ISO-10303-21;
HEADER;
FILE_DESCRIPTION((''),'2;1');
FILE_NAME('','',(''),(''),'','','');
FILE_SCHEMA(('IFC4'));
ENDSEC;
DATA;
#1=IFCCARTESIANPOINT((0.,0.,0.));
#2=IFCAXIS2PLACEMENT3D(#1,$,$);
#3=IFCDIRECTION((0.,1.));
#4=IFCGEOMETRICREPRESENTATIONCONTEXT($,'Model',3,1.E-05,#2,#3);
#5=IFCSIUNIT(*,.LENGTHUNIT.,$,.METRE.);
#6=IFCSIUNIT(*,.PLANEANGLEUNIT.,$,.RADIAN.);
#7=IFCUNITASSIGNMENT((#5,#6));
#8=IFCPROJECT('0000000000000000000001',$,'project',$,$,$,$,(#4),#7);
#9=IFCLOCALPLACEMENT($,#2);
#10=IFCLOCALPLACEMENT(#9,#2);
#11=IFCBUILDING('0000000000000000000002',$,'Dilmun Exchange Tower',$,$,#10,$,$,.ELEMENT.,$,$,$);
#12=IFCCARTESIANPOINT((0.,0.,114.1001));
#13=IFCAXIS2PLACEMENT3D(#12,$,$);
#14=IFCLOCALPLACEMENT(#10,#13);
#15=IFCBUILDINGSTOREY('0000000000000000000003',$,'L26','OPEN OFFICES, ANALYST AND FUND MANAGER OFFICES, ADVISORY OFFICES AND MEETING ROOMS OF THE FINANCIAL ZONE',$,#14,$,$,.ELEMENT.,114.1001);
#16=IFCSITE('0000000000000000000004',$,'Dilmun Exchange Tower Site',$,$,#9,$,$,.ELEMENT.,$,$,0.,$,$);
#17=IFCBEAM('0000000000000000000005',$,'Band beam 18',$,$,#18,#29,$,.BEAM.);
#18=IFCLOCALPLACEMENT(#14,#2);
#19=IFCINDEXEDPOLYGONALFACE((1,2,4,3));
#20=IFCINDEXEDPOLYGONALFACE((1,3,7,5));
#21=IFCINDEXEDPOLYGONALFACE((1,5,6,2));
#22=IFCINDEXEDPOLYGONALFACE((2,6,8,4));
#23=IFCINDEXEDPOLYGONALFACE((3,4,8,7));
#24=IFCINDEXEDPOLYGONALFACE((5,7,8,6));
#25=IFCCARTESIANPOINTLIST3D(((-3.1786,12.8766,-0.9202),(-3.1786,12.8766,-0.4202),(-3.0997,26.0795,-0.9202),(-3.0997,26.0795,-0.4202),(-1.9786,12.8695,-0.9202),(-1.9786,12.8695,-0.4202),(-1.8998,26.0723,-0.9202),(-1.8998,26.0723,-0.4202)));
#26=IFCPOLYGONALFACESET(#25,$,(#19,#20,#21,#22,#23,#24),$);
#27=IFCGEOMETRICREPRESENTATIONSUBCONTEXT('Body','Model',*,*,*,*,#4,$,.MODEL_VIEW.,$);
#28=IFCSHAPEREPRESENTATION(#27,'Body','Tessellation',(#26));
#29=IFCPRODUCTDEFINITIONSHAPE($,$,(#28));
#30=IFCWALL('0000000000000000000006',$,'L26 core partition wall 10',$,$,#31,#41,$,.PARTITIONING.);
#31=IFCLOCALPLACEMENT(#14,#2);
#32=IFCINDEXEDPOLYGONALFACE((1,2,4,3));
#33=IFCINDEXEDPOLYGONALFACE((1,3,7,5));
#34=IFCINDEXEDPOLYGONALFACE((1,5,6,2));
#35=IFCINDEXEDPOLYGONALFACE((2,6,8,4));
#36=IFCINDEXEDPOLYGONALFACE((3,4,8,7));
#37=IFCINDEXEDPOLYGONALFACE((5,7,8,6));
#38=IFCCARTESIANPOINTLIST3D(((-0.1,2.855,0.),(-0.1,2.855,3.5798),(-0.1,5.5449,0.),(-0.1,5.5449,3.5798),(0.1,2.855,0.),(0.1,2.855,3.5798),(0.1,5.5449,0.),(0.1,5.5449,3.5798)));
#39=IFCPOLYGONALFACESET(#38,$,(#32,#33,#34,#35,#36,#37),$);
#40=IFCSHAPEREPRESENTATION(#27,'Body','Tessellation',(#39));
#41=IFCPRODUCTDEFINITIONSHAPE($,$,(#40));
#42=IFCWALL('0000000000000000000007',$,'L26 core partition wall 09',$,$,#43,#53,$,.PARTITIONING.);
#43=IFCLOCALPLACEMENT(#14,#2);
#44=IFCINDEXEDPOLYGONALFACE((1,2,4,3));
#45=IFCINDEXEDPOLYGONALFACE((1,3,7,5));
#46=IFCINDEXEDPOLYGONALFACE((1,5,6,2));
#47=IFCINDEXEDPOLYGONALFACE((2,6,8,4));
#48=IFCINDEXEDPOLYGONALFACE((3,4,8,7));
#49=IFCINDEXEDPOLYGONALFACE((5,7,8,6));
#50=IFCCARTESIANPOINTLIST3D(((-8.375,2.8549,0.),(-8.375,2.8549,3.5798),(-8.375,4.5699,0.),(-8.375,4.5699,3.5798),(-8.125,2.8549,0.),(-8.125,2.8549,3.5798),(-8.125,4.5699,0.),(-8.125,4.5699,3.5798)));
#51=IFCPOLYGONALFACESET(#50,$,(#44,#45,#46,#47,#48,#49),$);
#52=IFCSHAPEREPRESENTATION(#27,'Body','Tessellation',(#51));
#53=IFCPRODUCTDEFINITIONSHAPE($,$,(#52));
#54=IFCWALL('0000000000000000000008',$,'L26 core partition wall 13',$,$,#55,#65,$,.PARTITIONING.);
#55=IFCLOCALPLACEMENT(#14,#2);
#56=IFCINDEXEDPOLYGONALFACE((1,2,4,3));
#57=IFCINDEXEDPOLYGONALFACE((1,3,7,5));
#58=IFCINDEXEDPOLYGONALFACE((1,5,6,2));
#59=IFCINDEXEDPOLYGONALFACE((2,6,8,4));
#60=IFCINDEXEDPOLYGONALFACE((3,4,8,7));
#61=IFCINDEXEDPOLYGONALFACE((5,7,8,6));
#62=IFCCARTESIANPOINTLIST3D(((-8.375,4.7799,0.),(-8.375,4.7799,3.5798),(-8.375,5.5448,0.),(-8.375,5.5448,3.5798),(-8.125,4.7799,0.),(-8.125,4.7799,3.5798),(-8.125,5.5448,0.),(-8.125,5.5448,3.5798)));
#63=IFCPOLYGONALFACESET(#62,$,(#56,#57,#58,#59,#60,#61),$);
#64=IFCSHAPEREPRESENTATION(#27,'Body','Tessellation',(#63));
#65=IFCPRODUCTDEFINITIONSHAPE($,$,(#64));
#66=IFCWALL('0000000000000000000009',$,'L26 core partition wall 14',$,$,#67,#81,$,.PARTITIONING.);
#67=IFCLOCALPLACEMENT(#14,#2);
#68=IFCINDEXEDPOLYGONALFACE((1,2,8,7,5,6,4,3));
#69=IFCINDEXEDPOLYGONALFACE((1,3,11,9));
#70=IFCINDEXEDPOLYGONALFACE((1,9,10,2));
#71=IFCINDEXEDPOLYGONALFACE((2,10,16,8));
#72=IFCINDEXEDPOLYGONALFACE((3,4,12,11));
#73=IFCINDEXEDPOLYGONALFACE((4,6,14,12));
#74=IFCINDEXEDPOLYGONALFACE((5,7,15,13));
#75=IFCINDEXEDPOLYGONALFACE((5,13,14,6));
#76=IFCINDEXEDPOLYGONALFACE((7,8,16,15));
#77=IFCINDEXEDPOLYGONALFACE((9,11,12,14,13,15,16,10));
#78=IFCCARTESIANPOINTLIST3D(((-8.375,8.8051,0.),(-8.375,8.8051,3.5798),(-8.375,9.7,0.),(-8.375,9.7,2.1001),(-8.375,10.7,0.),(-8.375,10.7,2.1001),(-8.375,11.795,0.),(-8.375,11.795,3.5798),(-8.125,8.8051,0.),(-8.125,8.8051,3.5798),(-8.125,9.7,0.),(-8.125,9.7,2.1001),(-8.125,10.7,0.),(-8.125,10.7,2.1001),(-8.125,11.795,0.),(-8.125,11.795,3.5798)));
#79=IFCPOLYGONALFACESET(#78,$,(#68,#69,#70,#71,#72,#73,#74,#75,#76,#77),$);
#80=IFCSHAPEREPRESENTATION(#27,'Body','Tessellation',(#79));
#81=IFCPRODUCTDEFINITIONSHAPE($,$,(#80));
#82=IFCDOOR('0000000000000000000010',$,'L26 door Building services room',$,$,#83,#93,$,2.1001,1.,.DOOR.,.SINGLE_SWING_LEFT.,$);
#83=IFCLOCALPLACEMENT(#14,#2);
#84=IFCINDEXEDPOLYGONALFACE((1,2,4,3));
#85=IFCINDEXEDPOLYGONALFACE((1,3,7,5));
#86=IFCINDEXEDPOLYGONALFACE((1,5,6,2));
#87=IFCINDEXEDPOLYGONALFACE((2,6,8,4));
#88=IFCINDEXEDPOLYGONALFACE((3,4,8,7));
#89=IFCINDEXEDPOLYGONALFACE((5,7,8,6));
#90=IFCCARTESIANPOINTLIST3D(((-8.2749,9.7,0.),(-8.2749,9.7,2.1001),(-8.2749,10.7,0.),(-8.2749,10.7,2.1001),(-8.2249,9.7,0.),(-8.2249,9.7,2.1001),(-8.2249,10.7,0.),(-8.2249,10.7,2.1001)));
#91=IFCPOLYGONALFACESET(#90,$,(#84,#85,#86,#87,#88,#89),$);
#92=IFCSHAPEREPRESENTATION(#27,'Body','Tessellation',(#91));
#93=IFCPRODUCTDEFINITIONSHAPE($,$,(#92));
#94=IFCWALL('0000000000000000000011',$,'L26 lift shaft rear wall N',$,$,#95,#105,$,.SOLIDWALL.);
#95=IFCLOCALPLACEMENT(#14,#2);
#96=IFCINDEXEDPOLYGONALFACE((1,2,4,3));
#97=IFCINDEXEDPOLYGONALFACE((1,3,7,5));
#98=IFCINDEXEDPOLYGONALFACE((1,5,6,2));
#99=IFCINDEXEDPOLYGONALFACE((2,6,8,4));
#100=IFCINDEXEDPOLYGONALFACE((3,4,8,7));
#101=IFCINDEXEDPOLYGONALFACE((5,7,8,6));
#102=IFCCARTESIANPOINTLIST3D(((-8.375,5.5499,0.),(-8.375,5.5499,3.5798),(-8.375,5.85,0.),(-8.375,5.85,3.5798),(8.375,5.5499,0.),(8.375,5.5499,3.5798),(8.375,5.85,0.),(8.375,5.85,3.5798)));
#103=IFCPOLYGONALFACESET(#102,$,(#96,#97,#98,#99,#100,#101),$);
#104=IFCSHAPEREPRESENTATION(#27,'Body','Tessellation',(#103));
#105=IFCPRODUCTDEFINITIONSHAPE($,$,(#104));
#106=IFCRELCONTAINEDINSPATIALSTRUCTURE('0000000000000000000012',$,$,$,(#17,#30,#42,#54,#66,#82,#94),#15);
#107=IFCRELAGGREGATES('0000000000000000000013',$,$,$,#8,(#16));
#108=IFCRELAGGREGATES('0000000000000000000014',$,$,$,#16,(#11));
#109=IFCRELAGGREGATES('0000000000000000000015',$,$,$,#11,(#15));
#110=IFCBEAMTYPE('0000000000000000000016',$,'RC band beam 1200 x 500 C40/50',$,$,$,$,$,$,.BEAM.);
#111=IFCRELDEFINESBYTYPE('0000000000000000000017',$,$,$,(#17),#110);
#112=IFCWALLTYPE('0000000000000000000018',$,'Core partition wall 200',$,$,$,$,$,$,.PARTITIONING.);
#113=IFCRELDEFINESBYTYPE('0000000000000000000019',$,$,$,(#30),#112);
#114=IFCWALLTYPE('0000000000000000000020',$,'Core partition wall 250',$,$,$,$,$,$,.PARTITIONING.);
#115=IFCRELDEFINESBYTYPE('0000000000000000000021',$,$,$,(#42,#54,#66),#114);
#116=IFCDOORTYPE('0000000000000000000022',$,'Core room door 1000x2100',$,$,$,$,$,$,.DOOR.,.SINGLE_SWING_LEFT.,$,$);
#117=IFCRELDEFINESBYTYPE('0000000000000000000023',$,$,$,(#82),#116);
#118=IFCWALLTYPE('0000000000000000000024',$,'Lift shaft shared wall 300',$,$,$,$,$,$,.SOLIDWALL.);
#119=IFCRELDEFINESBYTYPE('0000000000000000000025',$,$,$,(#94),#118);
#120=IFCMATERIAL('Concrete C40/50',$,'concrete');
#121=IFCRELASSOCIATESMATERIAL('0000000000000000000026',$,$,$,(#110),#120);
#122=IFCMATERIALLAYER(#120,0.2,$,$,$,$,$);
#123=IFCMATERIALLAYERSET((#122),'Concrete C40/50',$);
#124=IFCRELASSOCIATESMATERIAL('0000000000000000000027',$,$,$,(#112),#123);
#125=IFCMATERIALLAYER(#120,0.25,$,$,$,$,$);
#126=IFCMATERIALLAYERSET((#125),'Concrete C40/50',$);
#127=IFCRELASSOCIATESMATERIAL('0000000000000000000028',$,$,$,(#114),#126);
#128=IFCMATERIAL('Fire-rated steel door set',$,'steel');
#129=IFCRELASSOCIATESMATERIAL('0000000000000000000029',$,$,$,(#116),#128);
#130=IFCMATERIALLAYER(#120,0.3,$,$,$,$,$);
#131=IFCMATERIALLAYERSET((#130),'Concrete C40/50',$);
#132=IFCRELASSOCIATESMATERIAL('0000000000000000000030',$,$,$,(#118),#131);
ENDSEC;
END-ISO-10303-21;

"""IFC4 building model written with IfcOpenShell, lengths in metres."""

from ifc_helpers import new_model, si_unit, direction, frame, frame_2d, origin, origin_2d, place, context, subcontext, project, spatial, rectangle, extrude, material, layer, layer_set, material_profile, profile_set, type_object, element, fill, save


model = new_model("IFC4")

# Units and contexts
model_context = context("Model", 3, precision=1e-05, world=origin(), true_north=direction((0.0, 1.0)))
body_context = subcontext(model_context, "Body", "Model", "MODEL_VIEW")
ifc_project = project(units=[si_unit("LENGTHUNIT", "METRE"), si_unit("PLANEANGLEUNIT", "RADIAN")], contexts=[model_context])

# Site, building, storey
site_placement = place(None, origin())
site = spatial("IfcSite", under=ifc_project, at=site_placement, Name="Dilmun Exchange Tower Site", CompositionType="ELEMENT", RefElevation=0.0)
building_placement = place(site_placement, origin())
building = spatial("IfcBuilding", under=site, at=building_placement, Name="Dilmun Exchange Tower", CompositionType="ELEMENT")
storey_placement = place(building_placement, frame((0.0, 0.0, 114.1001)))
storey = spatial("IfcBuildingStorey", under=building, at=storey_placement, Name="L26", Description="OPEN OFFICES, ANALYST AND FUND MANAGER OFFICES, ADVISORY OFFICES AND MEETING ROOMS OF THE FINANCIAL ZONE", CompositionType="ELEMENT", Elevation=114.1001)

# Beam
ifc_material_1 = material(Name="Concrete C40/50", Category="concrete")
ifc_material_profile = material_profile(ifc_material_1, rectangle(XDim=1.2, YDim=0.5, at=origin_2d()), Name="1200 x 500")
ifc_profile_set = profile_set([ifc_material_profile], Name="Concrete C40/50")
beam_type = type_object("IfcBeamType", Name="RC band beam 1200 x 500 C40/50", PredefinedType="BEAM", material=ifc_profile_set)
beam_placement = place(storey_placement, frame((-2.4998, 26.0759, -0.6702), z_axis=(-0.005973, -0.999982, 0.0), x_axis=(0.999982, -0.005973, 0.0)))
element("IfcBeam", 1, at=beam_placement, inside=storey, type_object=beam_type, Name="Band beam 18", PredefinedType="BEAM", context=body_context, shape_type="SweptSolid", body=[
    extrude(rectangle(XDim=1.2, YDim=0.5, at=origin_2d()), origin(), (0.0, 0.0, 1.0), 13.2031),
])

# Walls
ifc_layer_1 = layer(ifc_material_1, 0.2)
ifc_layer_set_1 = layer_set([ifc_layer_1], Name="Concrete C40/50")
wall_type_1 = type_object("IfcWallType", Name="Core partition wall 200", PredefinedType="PARTITIONING", material=ifc_layer_set_1)
wall_1_placement = place(storey_placement, frame((0.0, 2.855, 0.0), z_axis=(0.0, 0.0, 1.0), x_axis=(0.0, 1.0, 0.0)))
element("IfcWall", 2, at=wall_1_placement, inside=storey, type_object=wall_type_1, Name="L26 core partition wall 10", PredefinedType="PARTITIONING", context=body_context, shape_type="SweptSolid", body=[
    extrude(rectangle(XDim=2.6899, YDim=0.2, at=frame_2d((1.345, 0.0))), origin(), (0.0, 0.0, 1.0), 3.5798),
])
ifc_layer_2 = layer(ifc_material_1, 0.25)
ifc_layer_set_2 = layer_set([ifc_layer_2], Name="Concrete C40/50")
wall_type_2 = type_object("IfcWallType", Name="Core partition wall 250", PredefinedType="PARTITIONING", material=ifc_layer_set_2)
wall_2_placement = place(storey_placement, frame((-8.25, 2.855, 0.0), z_axis=(0.0, 0.0, 1.0), x_axis=(0.0, 1.0, 0.0)))
element("IfcWall", 3, at=wall_2_placement, inside=storey, type_object=wall_type_2, Name="L26 core partition wall 09", PredefinedType="PARTITIONING", context=body_context, shape_type="SweptSolid", body=[
    extrude(rectangle(XDim=1.7151, YDim=0.25, at=frame_2d((0.8574, 0.0))), origin(), (0.0, 0.0, 1.0), 3.5798),
])
wall_3_placement = place(storey_placement, frame((-8.25, 4.78, 0.0), z_axis=(0.0, 0.0, 1.0), x_axis=(0.0, 1.0, 0.0)))
element("IfcWall", 4, at=wall_3_placement, inside=storey, type_object=wall_type_2, Name="L26 core partition wall 13", PredefinedType="PARTITIONING", context=body_context, shape_type="SweptSolid", body=[
    extrude(rectangle(XDim=0.7649, YDim=0.25, at=frame_2d((0.3823, 0.0))), origin(), (0.0, 0.0, 1.0), 3.5798),
])

# Wall, opening, door
wall_4_placement = place(storey_placement, frame((-8.25, 8.8049, 0.0), z_axis=(0.0, 0.0, 1.0), x_axis=(0.0, 1.0, 0.0)))
wall_4 = element("IfcWall", 5, at=wall_4_placement, inside=storey, type_object=wall_type_2, Name="L26 core partition wall 14", PredefinedType="PARTITIONING", context=body_context, shape_type="SweptSolid", body=[
    extrude(rectangle(XDim=2.99, YDim=0.25, at=frame_2d((1.4951, 0.0))), origin(), (0.0, 0.0, 1.0), 3.5798),
])
opening_1_placement = place(wall_4_placement, frame((0.895, 0.0, 0.0)))
opening_1 = element("IfcOpeningElement", 6, at=opening_1_placement, cuts=wall_4, PredefinedType="OPENING", context=body_context, shape_type="SweptSolid", body=[
    extrude(rectangle(XDim=1.0, YDim=2.1001, at=frame_2d((0.5, 1.05))), frame((0.0, 0.135, 0.0), z_axis=(0.0, -1.0, 0.0), x_axis=(1.0, 0.0, 0.0)), (0.0, 0.0, 1.0), 0.27),
])
ifc_material_2 = material(Name="Fire-rated steel door set", Category="steel")
door_type_1 = type_object("IfcDoorType", Name="Core room door 1000x2100", OperationType="SINGLE_SWING_LEFT", PredefinedType="DOOR", material=ifc_material_2)
door_1_placement = place(opening_1_placement, origin())
door_1 = element("IfcDoor", 7, at=door_1_placement, inside=storey, type_object=door_type_1, Name="L26 door Building services room", OperationType="SINGLE_SWING_LEFT", OverallHeight=2.1001, OverallWidth=1.0, PredefinedType="DOOR", context=body_context, shape_type="SweptSolid", body=[
    extrude(rectangle(XDim=1.0, YDim=2.1001, at=frame_2d((0.5, 1.05))), frame((0.0, 0.0249, 0.0), z_axis=(0.0, -1.0, 0.0), x_axis=(1.0, 0.0, 0.0)), (0.0, 0.0, 1.0), 0.05),
])
fill(opening_1, door_1)

# Wall
ifc_layer_3 = layer(ifc_material_1, 0.3)
ifc_layer_set_3 = layer_set([ifc_layer_3], Name="Concrete C40/50")
wall_type_3 = type_object("IfcWallType", Name="Lift shaft shared wall 300", PredefinedType="SOLIDWALL", material=ifc_layer_set_3)
wall_5_placement = place(storey_placement, frame((-8.375, 5.7, 0.0), z_axis=(0.0, 0.0, 1.0), x_axis=(1.0, 0.0, 0.0)))
element("IfcWall", 8, at=wall_5_placement, inside=storey, type_object=wall_type_3, Name="L26 lift shaft rear wall N", PredefinedType="SOLIDWALL", context=body_context, shape_type="SweptSolid", body=[
    extrude(rectangle(XDim=16.75, YDim=0.3, at=frame_2d((8.375, 0.0))), origin(), (0.0, 0.0, 1.0), 3.5798),
])

save(model, "model.ifc")
